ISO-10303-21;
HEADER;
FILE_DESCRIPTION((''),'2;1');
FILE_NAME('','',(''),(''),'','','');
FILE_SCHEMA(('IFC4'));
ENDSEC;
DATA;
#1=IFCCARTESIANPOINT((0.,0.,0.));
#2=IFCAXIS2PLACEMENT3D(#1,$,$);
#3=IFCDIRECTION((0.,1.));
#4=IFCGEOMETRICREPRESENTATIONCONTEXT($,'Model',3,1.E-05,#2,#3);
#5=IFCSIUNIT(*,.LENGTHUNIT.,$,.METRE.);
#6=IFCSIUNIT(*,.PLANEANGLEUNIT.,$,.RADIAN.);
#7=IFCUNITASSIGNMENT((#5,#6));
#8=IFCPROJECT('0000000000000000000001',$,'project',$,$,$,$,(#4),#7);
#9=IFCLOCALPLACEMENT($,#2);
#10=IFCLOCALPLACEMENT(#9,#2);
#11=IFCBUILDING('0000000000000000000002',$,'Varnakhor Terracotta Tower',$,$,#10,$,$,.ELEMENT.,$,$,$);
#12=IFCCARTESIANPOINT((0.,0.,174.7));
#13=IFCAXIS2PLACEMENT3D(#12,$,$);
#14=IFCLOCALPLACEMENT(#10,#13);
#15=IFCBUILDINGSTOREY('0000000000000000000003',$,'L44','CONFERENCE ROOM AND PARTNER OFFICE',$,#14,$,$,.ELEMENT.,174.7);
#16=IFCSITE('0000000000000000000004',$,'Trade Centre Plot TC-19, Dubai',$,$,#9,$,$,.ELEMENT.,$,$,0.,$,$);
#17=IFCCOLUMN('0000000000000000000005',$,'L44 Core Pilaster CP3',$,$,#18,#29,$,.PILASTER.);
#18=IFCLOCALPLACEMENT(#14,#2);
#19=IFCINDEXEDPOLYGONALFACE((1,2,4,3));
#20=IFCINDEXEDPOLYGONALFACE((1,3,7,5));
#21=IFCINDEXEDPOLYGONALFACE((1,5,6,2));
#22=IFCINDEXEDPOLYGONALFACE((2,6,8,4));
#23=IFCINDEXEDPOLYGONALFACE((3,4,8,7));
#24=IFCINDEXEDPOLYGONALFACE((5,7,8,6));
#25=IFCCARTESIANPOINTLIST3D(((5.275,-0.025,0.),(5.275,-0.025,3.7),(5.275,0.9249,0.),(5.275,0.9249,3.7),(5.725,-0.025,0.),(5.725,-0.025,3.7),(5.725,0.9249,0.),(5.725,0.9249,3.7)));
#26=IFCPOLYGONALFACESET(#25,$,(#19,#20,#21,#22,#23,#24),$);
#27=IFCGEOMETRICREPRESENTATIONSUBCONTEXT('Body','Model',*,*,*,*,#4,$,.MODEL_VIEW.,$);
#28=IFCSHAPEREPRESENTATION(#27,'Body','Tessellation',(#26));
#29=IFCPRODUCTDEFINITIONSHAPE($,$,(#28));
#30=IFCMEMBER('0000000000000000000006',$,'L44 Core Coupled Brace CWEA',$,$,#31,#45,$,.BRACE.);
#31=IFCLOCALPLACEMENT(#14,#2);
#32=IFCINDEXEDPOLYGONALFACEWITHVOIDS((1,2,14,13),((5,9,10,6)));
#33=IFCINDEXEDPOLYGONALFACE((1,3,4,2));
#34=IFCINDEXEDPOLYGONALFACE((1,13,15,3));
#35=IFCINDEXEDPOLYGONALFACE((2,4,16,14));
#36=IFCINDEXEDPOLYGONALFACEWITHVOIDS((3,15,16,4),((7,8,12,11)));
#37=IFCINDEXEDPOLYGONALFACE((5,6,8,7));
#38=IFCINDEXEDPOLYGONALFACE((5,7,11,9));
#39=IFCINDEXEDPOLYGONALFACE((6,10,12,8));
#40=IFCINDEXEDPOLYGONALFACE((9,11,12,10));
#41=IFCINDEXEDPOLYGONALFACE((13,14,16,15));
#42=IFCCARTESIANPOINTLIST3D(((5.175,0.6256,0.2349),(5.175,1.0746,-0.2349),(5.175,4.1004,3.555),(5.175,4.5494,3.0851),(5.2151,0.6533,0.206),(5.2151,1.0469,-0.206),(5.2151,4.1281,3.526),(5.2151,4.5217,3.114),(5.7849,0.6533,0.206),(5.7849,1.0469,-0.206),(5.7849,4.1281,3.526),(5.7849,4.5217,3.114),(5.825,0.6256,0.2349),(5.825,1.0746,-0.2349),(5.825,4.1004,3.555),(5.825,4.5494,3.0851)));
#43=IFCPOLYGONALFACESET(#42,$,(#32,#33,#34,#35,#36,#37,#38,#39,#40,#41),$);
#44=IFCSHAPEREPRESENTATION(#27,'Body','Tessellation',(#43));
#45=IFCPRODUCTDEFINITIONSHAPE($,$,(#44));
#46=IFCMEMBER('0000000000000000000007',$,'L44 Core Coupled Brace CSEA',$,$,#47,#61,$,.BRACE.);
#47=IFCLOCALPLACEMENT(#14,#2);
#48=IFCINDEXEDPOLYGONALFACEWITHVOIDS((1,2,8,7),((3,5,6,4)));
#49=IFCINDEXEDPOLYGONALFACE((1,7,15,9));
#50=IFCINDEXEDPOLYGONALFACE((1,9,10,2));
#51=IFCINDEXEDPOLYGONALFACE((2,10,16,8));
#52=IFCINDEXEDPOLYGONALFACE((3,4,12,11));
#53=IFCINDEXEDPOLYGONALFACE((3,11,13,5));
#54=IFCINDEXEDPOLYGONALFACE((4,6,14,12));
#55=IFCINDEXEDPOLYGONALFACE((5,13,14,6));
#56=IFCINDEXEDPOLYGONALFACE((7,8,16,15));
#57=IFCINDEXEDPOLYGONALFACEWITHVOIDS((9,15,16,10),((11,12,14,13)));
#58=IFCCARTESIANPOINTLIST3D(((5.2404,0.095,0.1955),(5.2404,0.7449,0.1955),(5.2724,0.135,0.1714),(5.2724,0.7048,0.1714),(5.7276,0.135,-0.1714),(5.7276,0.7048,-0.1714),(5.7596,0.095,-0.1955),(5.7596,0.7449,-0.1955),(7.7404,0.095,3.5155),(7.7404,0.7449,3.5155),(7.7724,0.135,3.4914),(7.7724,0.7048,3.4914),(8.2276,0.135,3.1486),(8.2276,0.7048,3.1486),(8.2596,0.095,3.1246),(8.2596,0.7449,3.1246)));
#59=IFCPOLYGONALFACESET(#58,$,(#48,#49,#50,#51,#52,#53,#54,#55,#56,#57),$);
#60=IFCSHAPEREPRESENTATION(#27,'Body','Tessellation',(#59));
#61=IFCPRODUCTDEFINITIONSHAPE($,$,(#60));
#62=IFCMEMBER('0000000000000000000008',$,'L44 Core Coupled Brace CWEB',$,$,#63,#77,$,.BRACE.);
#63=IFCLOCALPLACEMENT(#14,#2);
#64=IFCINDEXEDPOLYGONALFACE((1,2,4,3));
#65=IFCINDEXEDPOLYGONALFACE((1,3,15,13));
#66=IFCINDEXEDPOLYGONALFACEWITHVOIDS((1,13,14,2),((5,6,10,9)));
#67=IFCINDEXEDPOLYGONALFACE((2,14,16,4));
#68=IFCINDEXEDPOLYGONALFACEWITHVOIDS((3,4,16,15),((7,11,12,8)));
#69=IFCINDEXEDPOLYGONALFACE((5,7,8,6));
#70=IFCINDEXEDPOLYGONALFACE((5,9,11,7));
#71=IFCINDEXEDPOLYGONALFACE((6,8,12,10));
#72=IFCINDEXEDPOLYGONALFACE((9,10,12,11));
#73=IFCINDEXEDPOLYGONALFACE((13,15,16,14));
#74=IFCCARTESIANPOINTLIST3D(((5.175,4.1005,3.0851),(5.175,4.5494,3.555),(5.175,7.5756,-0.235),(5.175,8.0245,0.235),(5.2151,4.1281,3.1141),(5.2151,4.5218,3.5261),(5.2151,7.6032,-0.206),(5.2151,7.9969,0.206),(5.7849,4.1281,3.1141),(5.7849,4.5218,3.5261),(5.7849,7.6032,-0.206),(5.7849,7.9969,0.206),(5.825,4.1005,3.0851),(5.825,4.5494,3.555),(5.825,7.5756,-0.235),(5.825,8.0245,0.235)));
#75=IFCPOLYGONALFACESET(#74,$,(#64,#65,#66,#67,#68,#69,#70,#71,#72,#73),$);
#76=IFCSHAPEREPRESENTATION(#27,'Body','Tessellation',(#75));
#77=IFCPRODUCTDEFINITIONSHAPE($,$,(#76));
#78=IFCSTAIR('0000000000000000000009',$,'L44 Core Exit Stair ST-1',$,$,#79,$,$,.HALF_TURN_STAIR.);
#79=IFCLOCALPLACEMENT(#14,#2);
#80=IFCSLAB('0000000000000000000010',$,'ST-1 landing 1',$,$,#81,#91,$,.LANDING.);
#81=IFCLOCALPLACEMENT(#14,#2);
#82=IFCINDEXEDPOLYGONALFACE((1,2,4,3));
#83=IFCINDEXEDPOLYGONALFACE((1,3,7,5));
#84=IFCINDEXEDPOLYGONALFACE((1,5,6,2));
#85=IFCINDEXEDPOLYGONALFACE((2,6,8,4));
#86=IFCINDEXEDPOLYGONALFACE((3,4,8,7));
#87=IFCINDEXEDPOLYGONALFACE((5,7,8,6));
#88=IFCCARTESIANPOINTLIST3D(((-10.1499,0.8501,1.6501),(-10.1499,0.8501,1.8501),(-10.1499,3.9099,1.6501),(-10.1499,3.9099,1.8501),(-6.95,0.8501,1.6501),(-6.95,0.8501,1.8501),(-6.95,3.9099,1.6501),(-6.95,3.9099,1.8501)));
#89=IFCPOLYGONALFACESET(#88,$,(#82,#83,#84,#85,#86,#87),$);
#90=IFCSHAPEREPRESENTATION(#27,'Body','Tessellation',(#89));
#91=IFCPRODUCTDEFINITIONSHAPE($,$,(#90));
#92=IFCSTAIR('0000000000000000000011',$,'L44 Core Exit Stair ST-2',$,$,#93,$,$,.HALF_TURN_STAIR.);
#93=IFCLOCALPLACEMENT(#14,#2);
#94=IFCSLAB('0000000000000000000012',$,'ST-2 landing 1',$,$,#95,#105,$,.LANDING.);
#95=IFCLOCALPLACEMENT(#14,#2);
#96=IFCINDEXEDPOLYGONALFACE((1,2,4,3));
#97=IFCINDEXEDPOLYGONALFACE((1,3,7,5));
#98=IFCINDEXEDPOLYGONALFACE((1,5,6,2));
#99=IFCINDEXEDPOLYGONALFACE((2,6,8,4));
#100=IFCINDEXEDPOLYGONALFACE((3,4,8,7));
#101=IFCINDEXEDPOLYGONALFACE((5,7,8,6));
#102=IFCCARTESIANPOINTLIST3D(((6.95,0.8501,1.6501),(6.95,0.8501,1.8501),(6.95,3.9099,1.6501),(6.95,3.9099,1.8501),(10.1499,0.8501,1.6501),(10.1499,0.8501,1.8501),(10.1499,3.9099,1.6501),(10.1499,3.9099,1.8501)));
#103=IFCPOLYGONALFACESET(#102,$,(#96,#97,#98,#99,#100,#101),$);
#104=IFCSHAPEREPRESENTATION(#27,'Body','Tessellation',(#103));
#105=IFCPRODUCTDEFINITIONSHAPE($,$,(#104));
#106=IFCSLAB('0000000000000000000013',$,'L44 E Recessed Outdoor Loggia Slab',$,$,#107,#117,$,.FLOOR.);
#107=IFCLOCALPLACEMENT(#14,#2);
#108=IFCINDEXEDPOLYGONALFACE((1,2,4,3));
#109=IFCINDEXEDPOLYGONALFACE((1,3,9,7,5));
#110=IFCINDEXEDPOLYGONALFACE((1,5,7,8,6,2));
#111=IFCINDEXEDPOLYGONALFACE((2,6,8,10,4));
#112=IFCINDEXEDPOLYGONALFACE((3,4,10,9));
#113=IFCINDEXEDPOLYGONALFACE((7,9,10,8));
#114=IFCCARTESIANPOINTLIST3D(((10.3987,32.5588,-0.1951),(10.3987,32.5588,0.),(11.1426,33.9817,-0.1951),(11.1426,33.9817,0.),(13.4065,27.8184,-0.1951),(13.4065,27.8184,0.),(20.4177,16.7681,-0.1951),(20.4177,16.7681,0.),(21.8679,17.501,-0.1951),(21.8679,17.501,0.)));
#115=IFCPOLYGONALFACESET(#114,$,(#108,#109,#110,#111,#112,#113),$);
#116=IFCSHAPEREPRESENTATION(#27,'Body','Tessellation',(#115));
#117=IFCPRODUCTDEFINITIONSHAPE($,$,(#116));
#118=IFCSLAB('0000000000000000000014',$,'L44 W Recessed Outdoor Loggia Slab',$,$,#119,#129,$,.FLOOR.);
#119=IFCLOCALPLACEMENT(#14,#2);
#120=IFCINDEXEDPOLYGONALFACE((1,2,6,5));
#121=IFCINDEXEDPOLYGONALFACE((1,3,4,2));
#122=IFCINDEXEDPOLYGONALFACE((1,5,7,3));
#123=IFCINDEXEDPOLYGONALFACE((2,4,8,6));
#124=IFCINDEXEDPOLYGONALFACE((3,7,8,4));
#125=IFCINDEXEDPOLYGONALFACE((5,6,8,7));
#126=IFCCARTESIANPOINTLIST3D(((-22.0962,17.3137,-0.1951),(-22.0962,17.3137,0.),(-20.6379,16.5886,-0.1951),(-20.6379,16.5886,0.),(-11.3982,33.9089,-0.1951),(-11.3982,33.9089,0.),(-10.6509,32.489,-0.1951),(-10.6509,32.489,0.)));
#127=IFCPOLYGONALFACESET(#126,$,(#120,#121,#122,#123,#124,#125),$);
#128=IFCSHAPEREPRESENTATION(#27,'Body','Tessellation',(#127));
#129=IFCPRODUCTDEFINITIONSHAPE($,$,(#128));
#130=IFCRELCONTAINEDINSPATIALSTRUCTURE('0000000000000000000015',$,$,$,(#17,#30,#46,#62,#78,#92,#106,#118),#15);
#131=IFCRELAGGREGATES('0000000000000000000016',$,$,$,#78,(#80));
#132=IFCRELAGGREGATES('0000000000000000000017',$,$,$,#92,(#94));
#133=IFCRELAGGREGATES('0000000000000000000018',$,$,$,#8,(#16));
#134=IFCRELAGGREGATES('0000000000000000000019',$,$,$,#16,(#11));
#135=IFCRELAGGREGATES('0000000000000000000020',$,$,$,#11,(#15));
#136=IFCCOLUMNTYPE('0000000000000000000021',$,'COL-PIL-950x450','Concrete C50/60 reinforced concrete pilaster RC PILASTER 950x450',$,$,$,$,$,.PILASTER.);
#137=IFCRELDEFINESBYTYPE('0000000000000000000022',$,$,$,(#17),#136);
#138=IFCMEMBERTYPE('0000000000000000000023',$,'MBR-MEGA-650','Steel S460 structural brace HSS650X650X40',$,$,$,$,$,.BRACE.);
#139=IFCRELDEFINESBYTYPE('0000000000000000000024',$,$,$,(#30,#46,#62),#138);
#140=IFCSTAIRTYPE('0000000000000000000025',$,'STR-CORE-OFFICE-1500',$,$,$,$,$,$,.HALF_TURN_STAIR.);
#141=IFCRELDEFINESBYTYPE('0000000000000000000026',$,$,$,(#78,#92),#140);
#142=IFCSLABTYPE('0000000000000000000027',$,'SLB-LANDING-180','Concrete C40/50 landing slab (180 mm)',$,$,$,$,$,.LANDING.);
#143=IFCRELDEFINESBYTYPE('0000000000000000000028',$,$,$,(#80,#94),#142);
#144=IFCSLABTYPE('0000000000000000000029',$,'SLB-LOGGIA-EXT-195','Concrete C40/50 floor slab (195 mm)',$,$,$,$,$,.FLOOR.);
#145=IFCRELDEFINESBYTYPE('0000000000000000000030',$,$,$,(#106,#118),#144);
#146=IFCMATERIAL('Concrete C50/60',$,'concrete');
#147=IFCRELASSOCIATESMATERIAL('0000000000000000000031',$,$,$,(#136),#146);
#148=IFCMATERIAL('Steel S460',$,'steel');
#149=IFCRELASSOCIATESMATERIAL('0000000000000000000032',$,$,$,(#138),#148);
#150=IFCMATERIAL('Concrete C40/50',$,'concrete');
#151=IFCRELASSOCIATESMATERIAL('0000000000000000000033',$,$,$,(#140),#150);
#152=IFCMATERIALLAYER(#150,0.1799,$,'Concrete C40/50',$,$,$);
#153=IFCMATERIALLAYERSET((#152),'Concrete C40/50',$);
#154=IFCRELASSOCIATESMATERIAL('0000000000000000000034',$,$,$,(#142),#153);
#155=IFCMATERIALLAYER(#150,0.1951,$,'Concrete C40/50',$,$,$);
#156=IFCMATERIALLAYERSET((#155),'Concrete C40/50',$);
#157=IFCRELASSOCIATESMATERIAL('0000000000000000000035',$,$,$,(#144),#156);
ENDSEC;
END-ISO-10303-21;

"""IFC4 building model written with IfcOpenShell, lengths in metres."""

from ifc_helpers import new_model, si_unit, direction, frame, origin, origin_2d, place, context, subcontext, project, spatial, polyline, rectangle, hollow_rectangle, outline, extrude, source, transform, mapped, material, layer, layer_set, material_profile, profile_set, type_object, element, aggregate, save


model = new_model("IFC4")

# Units and contexts
model_context = context("Model", 3, precision=1e-05, world=origin(), true_north=direction((0.0, 1.0)))
body_context = subcontext(model_context, "Body", "Model", "MODEL_VIEW")
ifc_project = project(units=[si_unit("LENGTHUNIT", "METRE"), si_unit("PLANEANGLEUNIT", "RADIAN")], contexts=[model_context])

# Site, building, storey
site_placement = place(None, origin())
site = spatial("IfcSite", under=ifc_project, at=site_placement, Name="Trade Centre Plot TC-19, Dubai", CompositionType="ELEMENT", RefElevation=0.0)
building_placement = place(site_placement, origin())
building = spatial("IfcBuilding", under=site, at=building_placement, Name="Varnakhor Terracotta Tower", CompositionType="ELEMENT")
storey_placement = place(building_placement, frame((0.0, 0.0, 174.7)))
storey = spatial("IfcBuildingStorey", under=building, at=storey_placement, Name="L44", Description="CONFERENCE ROOM AND PARTNER OFFICE", CompositionType="ELEMENT", Elevation=174.7)

# Column
ifc_material_1 = material(Name="Concrete C50/60", Category="concrete")
ifc_material_profile_1 = material_profile(ifc_material_1, rectangle(XDim=0.45, YDim=0.95, at=origin_2d()), Name="RC PILASTER 950x450")
ifc_profile_set_1 = profile_set([ifc_material_profile_1], Name="Concrete C50/60")
column_type = type_object("IfcColumnType", Name="COL-PIL-950x450", Description="Concrete C50/60 reinforced concrete pilaster RC PILASTER 950x450", PredefinedType="PILASTER", material=ifc_profile_set_1)
shared_shape_1 = source(origin(), body_context, "Body", "SweptSolid", [
    extrude(rectangle(XDim=0.45, YDim=0.95, at=origin_2d()), origin(), (0.0, 0.0, 1.0), 3.7),
])
column_placement = place(storey_placement, frame((5.5, 0.45, 0.0), z_axis=(0.0, 0.0, 1.0), x_axis=(1.0, 0.0, 0.0)))
element("IfcColumn", 1, at=column_placement, inside=storey, type_object=column_type, Name="L44 Core Pilaster CP3", PredefinedType="PILASTER", context=body_context, shape_type="MappedRepresentation", body=[
    mapped(shared_shape_1, transform((0.0, 0.0, 0.0), scale=1.0)),
])

# Members
ifc_material_2 = material(Name="Steel S460", Category="steel")
ifc_material_profile_2 = material_profile(ifc_material_2, hollow_rectangle(XDim=0.6499, YDim=0.6499, WallThickness=0.04, at=origin_2d()), Name="HSS650X650X40")
ifc_profile_set_2 = profile_set([ifc_material_profile_2], Name="Steel S460")
member_type = type_object("IfcMemberType", Name="MBR-MEGA-650", Description="Steel S460 structural brace HSS650X650X40", PredefinedType="BRACE", material=ifc_profile_set_2)
shared_shape_2 = source(origin(), body_context, "Body", "SweptSolid", [
    extrude(hollow_rectangle(XDim=0.6499, YDim=0.6499, WallThickness=0.04, at=origin_2d()), origin(), (0.0, 0.0, 1.0), 4.8059),
])
member_1_placement = place(storey_placement, frame((5.5, 0.8501, 0.0), z_axis=(0.0, 0.723027, 0.69082), x_axis=(-1.0, 0.0, 0.0)))
element("IfcMember", 2, at=member_1_placement, inside=storey, type_object=member_type, Name="L44 Core Coupled Brace CWEA", PredefinedType="BRACE", context=body_context, shape_type="MappedRepresentation", body=[
    mapped(shared_shape_2, transform((0.0, 0.0, 0.0), scale=1.0)),
])
shared_shape_3 = source(origin(), body_context, "Body", "SweptSolid", [
    extrude(hollow_rectangle(XDim=0.6499, YDim=0.6499, WallThickness=0.04, at=origin_2d()), origin(), (0.0, 0.0, 1.0), 4.156),
])
member_2_placement = place(storey_placement, frame((5.5, 0.4199, 0.0), z_axis=(0.601531, 0.0, 0.79885), x_axis=(0.0, 1.0, 0.0)))
element("IfcMember", 3, at=member_2_placement, inside=storey, type_object=member_type, Name="L44 Core Coupled Brace CSEA", PredefinedType="BRACE", context=body_context, shape_type="MappedRepresentation", body=[
    mapped(shared_shape_3, transform((0.0, 0.0, 0.0), scale=1.0)),
])
shared_shape_4 = source(origin(), body_context, "Body", "SweptSolid", [
    extrude(hollow_rectangle(XDim=0.6499, YDim=0.6499, WallThickness=0.04, at=origin_2d()), origin(), (0.0, 0.0, 1.0), 4.8062),
])
member_3_placement = place(storey_placement, frame((5.5, 7.8, 0.0), z_axis=(0.0, -0.723051, 0.690795), x_axis=(1.0, 0.0, 0.0)))
element("IfcMember", 4, at=member_3_placement, inside=storey, type_object=member_type, Name="L44 Core Coupled Brace CWEB", PredefinedType="BRACE", context=body_context, shape_type="MappedRepresentation", body=[
    mapped(shared_shape_4, transform((0.0, 0.0, 0.0), scale=1.0)),
])

# Stairs, slabs
ifc_material_3 = material(Name="Concrete C40/50", Category="concrete")
stair_type = type_object("IfcStairType", Name="STR-CORE-OFFICE-1500", PredefinedType="HALF_TURN_STAIR", material=ifc_material_3)
stair_1_placement = place(storey_placement, origin())
stair_1 = element("IfcStair", 5, at=stair_1_placement, inside=storey, type_object=stair_type, Name="L44 Core Exit Stair ST-1", PredefinedType="HALF_TURN_STAIR")
ifc_layer_1 = layer(ifc_material_3, 0.1799, Name="Concrete C40/50")
ifc_layer_set_1 = layer_set([ifc_layer_1], Name="Concrete C40/50")
slab_type_1 = type_object("IfcSlabType", Name="SLB-LANDING-180", Description="Concrete C40/50 landing slab (180 mm)", PredefinedType="LANDING", material=ifc_layer_set_1)
slab_1_placement = place(storey_placement, frame((0.0, 0.0, 1.6501)))
slab_1 = element("IfcSlab", 6, at=slab_1_placement, type_object=slab_type_1, Name="ST-1 landing 1", PredefinedType="LANDING", context=body_context, shape_type="SweptSolid", body=[
    extrude(outline(polyline([(-10.1499, 3.9099), (-10.1499, 0.8501), (-6.95, 0.8501), (-6.95, 3.9099), (-10.1499, 3.9099)])), origin(), (0.0, 0.0, 1.0), 0.2),
])
aggregate(stair_1, [slab_1])
stair_2_placement = place(storey_placement, origin())
stair_2 = element("IfcStair", 7, at=stair_2_placement, inside=storey, type_object=stair_type, Name="L44 Core Exit Stair ST-2", PredefinedType="HALF_TURN_STAIR")
slab_2_placement = place(storey_placement, frame((0.0, 0.0, 1.6501)))
slab_2 = element("IfcSlab", 8, at=slab_2_placement, type_object=slab_type_1, Name="ST-2 landing 1", PredefinedType="LANDING", context=body_context, shape_type="SweptSolid", body=[
    extrude(outline(polyline([(6.95, 3.9099), (6.95, 0.8501), (10.1499, 0.8501), (10.1499, 3.9099), (6.95, 3.9099)])), origin(), (0.0, 0.0, 1.0), 0.2),
])

# Slabs
ifc_layer_2 = layer(ifc_material_3, 0.1951, Name="Concrete C40/50")
ifc_layer_set_2 = layer_set([ifc_layer_2], Name="Concrete C40/50")
slab_type_2 = type_object("IfcSlabType", Name="SLB-LOGGIA-EXT-195", Description="Concrete C40/50 floor slab (195 mm)", PredefinedType="FLOOR", material=ifc_layer_set_2)
slab_3_placement = place(storey_placement, frame((0.0, 0.0, -0.1951)))
element("IfcSlab", 9, at=slab_3_placement, inside=storey, type_object=slab_type_2, Name="L44 E Recessed Outdoor Loggia Slab", PredefinedType="FLOOR", context=body_context, shape_type="SweptSolid", body=[
    extrude(outline(polyline([(11.1426, 33.9817), (21.8679, 17.501), (20.4177, 16.7681), (13.4065, 27.8184), (10.3987, 32.5588), (11.1426, 33.9817)])), origin(), (0.0, 0.0, 1.0), 0.1951),
])
slab_4_placement = place(storey_placement, frame((0.0, 0.0, -0.1951)))
element("IfcSlab", 10, at=slab_4_placement, inside=storey, type_object=slab_type_2, Name="L44 W Recessed Outdoor Loggia Slab", PredefinedType="FLOOR", context=body_context, shape_type="SweptSolid", body=[
    extrude(outline(polyline([(-22.0962, 17.3137), (-11.3982, 33.9089), (-10.6509, 32.489), (-20.6379, 16.5886), (-22.0962, 17.3137)])), origin(), (0.0, 0.0, 1.0), 0.1951),
])

aggregate(stair_2, [slab_2])

save(model, "model.ifc")
